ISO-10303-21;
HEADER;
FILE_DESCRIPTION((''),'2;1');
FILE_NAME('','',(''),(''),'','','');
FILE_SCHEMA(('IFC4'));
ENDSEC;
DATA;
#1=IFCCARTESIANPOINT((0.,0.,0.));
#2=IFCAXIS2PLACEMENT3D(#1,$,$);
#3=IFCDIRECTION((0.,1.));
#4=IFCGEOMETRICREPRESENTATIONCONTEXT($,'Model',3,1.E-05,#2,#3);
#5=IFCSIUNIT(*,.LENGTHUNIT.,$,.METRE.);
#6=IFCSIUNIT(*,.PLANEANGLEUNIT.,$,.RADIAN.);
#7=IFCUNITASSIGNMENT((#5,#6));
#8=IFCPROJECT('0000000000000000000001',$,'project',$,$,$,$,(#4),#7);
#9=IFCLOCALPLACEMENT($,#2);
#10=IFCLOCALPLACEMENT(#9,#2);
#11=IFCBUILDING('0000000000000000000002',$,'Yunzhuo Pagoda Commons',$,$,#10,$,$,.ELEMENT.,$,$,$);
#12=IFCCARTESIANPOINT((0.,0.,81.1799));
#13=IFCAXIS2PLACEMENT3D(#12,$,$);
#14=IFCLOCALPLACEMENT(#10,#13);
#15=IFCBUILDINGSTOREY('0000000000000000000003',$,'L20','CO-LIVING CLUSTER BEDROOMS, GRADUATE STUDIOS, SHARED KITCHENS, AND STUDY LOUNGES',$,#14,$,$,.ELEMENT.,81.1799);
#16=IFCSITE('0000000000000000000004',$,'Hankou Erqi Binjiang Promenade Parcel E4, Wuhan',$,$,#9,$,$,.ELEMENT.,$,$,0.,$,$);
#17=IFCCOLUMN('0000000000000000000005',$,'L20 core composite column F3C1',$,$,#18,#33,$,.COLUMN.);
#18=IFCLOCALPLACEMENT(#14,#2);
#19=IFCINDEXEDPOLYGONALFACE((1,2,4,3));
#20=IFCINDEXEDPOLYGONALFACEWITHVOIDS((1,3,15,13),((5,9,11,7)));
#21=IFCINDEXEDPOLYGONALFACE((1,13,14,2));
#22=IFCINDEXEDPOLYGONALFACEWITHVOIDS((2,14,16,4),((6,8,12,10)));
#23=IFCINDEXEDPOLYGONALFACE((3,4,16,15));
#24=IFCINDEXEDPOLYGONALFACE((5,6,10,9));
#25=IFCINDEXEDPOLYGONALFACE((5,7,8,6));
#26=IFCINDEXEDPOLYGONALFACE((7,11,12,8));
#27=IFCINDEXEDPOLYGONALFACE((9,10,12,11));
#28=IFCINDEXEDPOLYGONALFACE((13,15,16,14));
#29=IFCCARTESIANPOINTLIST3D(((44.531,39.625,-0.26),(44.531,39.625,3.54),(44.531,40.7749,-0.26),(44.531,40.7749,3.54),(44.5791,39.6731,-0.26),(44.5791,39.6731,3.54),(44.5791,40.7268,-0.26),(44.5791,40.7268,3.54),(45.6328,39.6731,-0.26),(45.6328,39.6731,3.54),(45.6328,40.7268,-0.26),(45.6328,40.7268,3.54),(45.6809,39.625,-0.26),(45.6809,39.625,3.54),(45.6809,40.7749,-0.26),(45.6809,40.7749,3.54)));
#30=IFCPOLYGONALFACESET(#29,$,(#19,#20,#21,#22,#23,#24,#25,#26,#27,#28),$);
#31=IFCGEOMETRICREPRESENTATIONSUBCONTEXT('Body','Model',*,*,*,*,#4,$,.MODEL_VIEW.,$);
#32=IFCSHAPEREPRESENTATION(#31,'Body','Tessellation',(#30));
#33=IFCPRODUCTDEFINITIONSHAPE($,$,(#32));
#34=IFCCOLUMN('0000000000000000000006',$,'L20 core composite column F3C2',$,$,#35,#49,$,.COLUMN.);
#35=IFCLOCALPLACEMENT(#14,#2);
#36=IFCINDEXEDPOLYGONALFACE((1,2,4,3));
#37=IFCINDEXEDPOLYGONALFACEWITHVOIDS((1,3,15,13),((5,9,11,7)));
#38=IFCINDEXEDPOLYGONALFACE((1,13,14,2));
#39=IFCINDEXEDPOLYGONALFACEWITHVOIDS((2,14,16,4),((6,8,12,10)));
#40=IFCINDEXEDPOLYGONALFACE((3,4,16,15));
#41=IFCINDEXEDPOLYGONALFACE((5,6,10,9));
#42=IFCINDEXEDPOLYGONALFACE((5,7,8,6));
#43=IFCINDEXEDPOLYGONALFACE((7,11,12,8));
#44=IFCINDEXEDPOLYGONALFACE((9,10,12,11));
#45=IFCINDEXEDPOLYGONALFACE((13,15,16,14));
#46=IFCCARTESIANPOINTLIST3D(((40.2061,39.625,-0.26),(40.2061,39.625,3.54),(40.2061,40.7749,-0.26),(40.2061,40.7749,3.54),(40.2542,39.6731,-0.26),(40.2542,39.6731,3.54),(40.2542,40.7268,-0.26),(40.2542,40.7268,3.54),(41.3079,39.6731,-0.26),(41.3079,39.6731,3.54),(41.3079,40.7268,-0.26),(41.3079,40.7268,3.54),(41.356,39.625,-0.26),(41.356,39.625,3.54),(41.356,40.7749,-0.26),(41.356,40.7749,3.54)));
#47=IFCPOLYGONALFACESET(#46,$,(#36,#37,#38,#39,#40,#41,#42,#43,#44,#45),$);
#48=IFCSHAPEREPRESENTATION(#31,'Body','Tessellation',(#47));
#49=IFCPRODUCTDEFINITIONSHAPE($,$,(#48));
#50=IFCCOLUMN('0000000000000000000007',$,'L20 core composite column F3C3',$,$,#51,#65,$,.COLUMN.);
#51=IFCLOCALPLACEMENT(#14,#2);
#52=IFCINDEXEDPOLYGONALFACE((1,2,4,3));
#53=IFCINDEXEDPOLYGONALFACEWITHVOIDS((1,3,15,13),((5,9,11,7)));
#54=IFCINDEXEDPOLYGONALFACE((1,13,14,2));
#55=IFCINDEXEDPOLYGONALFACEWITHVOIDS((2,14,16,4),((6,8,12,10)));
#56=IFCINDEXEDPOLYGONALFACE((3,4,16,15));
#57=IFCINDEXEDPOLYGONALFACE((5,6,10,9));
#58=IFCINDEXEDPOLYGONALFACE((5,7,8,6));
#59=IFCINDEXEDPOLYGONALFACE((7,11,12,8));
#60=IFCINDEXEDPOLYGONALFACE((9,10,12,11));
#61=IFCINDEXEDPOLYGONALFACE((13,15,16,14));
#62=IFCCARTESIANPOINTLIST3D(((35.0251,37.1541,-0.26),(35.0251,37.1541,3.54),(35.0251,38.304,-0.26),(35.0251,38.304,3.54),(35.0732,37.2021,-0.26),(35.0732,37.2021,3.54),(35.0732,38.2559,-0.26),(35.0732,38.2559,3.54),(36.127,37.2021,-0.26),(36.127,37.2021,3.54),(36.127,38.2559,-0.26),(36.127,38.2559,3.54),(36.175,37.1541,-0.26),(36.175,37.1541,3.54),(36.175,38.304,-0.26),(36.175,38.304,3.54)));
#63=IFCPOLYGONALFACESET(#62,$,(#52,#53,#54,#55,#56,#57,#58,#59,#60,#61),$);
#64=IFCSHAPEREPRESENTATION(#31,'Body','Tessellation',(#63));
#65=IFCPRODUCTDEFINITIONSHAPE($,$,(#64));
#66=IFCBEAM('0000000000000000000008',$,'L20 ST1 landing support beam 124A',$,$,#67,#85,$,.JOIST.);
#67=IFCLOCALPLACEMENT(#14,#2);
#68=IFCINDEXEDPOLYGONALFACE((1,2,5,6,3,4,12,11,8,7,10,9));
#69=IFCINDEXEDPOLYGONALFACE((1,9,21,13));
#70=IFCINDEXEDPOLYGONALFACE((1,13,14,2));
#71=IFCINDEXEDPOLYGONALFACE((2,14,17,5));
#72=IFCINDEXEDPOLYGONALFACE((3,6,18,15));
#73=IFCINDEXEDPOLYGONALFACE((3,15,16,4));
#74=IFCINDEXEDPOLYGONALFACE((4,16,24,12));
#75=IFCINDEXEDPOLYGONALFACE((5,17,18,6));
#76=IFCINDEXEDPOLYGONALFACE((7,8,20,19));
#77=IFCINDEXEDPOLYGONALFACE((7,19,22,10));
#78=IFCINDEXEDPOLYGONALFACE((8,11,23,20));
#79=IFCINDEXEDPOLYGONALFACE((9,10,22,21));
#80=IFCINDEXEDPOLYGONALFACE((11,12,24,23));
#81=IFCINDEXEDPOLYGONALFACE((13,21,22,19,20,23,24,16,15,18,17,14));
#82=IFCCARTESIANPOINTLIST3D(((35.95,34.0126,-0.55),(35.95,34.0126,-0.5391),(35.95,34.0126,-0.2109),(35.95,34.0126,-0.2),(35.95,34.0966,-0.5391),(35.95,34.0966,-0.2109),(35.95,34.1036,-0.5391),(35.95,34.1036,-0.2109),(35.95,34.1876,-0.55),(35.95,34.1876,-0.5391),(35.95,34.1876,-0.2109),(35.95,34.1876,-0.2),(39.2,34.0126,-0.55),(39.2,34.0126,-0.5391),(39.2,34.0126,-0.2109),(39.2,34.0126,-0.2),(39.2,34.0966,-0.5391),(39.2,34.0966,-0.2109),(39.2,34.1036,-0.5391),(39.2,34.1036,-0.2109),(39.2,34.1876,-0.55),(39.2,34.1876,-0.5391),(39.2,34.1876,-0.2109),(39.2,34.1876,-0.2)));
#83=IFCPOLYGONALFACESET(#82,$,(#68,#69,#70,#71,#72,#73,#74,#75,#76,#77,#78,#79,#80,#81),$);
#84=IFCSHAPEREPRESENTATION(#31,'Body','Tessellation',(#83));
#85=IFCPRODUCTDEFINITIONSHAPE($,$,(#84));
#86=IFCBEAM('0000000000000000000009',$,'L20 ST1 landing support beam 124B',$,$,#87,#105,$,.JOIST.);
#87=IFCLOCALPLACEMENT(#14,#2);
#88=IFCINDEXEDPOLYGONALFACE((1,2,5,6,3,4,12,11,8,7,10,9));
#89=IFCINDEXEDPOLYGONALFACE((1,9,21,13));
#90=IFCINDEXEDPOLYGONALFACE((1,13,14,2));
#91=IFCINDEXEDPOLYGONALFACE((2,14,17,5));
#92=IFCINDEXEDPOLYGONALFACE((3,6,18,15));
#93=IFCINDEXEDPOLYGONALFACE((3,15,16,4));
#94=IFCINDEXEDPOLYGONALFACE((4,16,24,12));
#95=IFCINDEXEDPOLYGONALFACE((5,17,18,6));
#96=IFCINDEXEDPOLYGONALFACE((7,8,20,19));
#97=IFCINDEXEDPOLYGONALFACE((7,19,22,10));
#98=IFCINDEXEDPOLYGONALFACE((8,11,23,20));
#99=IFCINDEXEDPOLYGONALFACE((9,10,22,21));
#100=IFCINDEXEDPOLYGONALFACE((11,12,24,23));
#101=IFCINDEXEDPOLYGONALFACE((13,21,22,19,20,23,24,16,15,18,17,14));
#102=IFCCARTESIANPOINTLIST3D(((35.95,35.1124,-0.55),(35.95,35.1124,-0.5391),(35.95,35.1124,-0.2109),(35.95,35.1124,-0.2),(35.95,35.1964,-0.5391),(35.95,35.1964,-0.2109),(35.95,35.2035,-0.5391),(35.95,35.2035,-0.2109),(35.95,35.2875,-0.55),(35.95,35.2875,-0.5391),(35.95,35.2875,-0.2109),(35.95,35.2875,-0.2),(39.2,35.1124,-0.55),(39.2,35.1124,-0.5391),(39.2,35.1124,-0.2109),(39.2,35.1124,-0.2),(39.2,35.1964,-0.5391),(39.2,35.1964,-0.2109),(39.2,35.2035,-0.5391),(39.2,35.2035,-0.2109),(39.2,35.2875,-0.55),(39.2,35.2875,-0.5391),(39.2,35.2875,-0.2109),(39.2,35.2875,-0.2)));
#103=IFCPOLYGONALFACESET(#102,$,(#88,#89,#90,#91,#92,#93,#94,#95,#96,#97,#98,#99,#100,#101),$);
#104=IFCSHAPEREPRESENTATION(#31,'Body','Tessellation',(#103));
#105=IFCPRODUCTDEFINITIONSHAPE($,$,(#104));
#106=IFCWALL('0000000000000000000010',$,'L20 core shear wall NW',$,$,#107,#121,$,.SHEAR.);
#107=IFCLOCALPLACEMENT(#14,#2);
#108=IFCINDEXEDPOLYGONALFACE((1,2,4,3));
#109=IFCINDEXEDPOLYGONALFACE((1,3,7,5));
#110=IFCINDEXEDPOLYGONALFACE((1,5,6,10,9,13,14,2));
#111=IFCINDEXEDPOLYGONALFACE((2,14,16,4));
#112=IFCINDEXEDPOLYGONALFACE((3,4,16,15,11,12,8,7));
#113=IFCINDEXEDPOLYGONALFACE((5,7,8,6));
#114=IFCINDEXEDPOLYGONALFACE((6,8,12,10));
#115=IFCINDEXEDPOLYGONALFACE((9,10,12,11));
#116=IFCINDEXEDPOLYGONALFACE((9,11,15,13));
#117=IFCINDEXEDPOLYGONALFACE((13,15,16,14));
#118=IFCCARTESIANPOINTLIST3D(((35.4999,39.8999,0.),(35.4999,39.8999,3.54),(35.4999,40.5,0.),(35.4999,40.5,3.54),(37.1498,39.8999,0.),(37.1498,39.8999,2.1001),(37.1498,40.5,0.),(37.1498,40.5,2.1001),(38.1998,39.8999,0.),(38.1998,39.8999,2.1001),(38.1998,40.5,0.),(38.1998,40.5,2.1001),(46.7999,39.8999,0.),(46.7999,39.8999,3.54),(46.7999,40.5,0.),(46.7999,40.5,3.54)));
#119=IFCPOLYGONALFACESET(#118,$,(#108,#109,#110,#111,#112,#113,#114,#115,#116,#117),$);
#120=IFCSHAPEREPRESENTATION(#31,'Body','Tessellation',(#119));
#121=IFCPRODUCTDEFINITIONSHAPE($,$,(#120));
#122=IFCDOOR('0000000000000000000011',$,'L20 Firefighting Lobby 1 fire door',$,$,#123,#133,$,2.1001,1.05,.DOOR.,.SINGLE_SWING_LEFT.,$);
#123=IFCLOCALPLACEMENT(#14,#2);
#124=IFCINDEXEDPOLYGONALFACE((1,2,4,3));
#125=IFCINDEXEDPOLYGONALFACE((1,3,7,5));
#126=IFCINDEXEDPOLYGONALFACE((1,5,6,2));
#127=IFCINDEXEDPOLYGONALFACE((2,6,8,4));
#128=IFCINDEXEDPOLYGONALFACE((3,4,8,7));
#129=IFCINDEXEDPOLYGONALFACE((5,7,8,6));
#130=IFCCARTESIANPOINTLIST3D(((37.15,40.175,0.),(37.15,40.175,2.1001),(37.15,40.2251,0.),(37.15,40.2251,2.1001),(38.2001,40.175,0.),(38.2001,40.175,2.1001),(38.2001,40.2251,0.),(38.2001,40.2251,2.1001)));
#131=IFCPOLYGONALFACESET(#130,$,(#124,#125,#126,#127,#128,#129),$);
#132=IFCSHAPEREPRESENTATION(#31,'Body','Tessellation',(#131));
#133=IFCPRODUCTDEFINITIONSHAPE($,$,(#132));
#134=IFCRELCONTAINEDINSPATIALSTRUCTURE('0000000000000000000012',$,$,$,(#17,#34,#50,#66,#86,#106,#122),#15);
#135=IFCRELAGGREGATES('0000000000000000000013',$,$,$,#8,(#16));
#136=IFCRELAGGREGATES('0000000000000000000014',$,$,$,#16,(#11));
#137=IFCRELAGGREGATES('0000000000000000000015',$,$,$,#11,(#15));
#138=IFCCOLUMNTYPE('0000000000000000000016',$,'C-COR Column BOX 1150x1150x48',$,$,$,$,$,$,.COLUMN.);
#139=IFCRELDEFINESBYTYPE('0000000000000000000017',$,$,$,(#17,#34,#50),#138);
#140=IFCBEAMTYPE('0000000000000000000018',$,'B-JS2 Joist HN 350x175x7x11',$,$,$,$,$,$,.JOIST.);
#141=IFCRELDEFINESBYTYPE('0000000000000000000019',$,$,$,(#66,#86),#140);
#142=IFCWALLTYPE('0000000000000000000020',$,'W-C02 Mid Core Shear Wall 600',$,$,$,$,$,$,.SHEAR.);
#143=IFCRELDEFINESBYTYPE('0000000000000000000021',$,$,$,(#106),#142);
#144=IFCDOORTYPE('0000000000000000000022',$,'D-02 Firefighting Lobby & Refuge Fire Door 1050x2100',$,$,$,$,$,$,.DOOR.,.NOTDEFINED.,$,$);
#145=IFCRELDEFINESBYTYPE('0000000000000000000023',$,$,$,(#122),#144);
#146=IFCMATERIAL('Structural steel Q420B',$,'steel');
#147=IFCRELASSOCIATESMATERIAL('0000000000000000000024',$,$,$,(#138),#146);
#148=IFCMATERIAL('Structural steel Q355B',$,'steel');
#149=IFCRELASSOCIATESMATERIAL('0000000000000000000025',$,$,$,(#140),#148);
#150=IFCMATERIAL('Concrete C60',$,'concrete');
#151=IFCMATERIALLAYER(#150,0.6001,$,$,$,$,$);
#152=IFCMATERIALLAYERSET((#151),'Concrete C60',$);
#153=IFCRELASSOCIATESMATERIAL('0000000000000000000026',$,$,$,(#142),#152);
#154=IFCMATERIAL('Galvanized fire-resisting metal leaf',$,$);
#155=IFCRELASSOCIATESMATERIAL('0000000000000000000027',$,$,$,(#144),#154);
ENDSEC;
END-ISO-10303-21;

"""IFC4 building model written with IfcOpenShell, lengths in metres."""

from ifc_helpers import new_model, si_unit, direction, frame, frame_2d, origin, origin_2d, place, context, subcontext, project, spatial, rectangle, hollow_rectangle, i_section, extrude, source, transform, mapped, material, layer, layer_set, material_profile, profile_set, type_object, element, fill, save


model = new_model("IFC4")

# Units and contexts
model_context = context("Model", 3, precision=1e-05, world=origin(), true_north=direction((0.0, 1.0)))
body_context = subcontext(model_context, "Body", "Model", "MODEL_VIEW")
ifc_project = project(units=[si_unit("LENGTHUNIT", "METRE"), si_unit("PLANEANGLEUNIT", "RADIAN")], contexts=[model_context])

# Site, building, storey
site_placement = place(None, origin())
site = spatial("IfcSite", under=ifc_project, at=site_placement, Name="Hankou Erqi Binjiang Promenade Parcel E4, Wuhan", CompositionType="ELEMENT", RefElevation=0.0)
building_placement = place(site_placement, origin())
building = spatial("IfcBuilding", under=site, at=building_placement, Name="Yunzhuo Pagoda Commons", CompositionType="ELEMENT")
storey_placement = place(building_placement, frame((0.0, 0.0, 81.1799)))
storey = spatial("IfcBuildingStorey", under=building, at=storey_placement, Name="L20", Description="CO-LIVING CLUSTER BEDROOMS, GRADUATE STUDIOS, SHARED KITCHENS, AND STUDY LOUNGES", CompositionType="ELEMENT", Elevation=81.1799)

# Columns
ifc_material_1 = material(Name="Structural steel Q420B", Category="steel")
ifc_material_profile_1 = material_profile(ifc_material_1, hollow_rectangle(XDim=1.1499, YDim=1.1499, WallThickness=0.0481, at=origin_2d()), Name="Structural steel Q420B")
ifc_profile_set_1 = profile_set([ifc_material_profile_1], Name="Structural steel Q420B")
column_type = type_object("IfcColumnType", Name="C-COR Column BOX 1150x1150x48", PredefinedType="COLUMN", material=ifc_profile_set_1)
shared_shape_1 = source(origin(), body_context, "Body", "SweptSolid", [
    extrude(hollow_rectangle(XDim=1.1499, YDim=1.1499, WallThickness=0.0481, at=origin_2d()), origin(), (0.0, 0.0, 1.0), 3.8),
])
for number, where, z_axis, x_axis, name in (
    (1, (45.106, 40.2, -0.26), (0.0, 0.0, 1.0), (1.0, 0.0, 0.0), "L20 core composite column F3C1"),
    (2, (40.781, 40.2, -0.26), (0.0, 0.0, 1.0), (1.0, 0.0, 0.0), "L20 core composite column F3C2"),
    (3, (35.6001, 37.729, -0.26), (0.0, 0.0, 1.0), (1.0, 0.0, 0.0), "L20 core composite column F3C3"),
):
    element("IfcColumn", number, at=place(storey_placement, frame(where, z_axis=z_axis, x_axis=x_axis)), inside=storey, type_object=column_type, Name=name, PredefinedType="COLUMN", context=body_context, shape_type="MappedRepresentation", body=[
        mapped(shared_shape_1, transform((0.0, 0.0, 0.0), scale=1.0)),
    ])

# Beams
ifc_material_2 = material(Name="Structural steel Q355B", Category="steel")
ifc_material_profile_2 = material_profile(ifc_material_2, i_section(OverallWidth=0.175, OverallDepth=0.3501, WebThickness=0.0071, FlangeThickness=0.011, at=origin_2d()), Name="Structural steel Q355B")
ifc_profile_set_2 = profile_set([ifc_material_profile_2], Name="Structural steel Q355B")
beam_type = type_object("IfcBeamType", Name="B-JS2 Joist HN 350x175x7x11", PredefinedType="JOIST", material=ifc_profile_set_2)
shared_shape_2 = source(origin(), body_context, "Body", "SweptSolid", [
    extrude(i_section(OverallWidth=0.175, OverallDepth=0.3501, WebThickness=0.0071, FlangeThickness=0.011, at=origin_2d()), origin(), (0.0, 0.0, 1.0), 3.25),
])
for number, where, z_axis, x_axis, name in (
    (4, (35.95, 34.1001, -0.375), (1.0, 0.0, 0.0), (0.0, 1.0, 0.0), "L20 ST1 landing support beam 124A"),
    (5, (35.95, 35.2, -0.375), (1.0, 0.0, 0.0), (0.0, 1.0, 0.0), "L20 ST1 landing support beam 124B"),
):
    element("IfcBeam", number, at=place(storey_placement, frame(where, z_axis=z_axis, x_axis=x_axis)), inside=storey, type_object=beam_type, Name=name, PredefinedType="JOIST", context=body_context, shape_type="MappedRepresentation", body=[
        mapped(shared_shape_2, transform((0.0, 0.0, 0.0), scale=1.0)),
    ])

# Wall, opening, door
ifc_material_3 = material(Name="Concrete C60", Category="concrete")
ifc_layer_1 = layer(ifc_material_3, 0.6001)
ifc_layer_set_1 = layer_set([ifc_layer_1], Name="Concrete C60")
wall_type_1 = type_object("IfcWallType", Name="W-C02 Mid Core Shear Wall 600", PredefinedType="SHEAR", material=ifc_layer_set_1)
wall_1_placement = place(storey_placement, frame((35.5, 40.2, 0.0), z_axis=(0.0, 0.0, 1.0), x_axis=(1.0, 0.0, 0.0)))
wall_1 = element("IfcWall", 6, at=wall_1_placement, inside=storey, type_object=wall_type_1, Name="L20 core shear wall NW", PredefinedType="SHEAR", context=body_context, shape_type="SweptSolid", body=[
    extrude(rectangle(XDim=11.3, YDim=0.6001, at=frame_2d((5.6499, 0.0))), origin(), (0.0, 0.0, 1.0), 3.54),
])
opening_1_placement = place(wall_1_placement, frame((1.6499, 0.0, 0.0)))
opening_1 = element("IfcOpeningElement", 7, at=opening_1_placement, cuts=wall_1, PredefinedType="OPENING", context=body_context, shape_type="SweptSolid", body=[
    extrude(rectangle(XDim=1.05, YDim=2.1001, at=frame_2d((0.5249, 1.05))), frame((0.0, 0.3101, 0.0), z_axis=(0.0, -1.0, 0.0), x_axis=(1.0, 0.0, 0.0)), (0.0, 0.0, 1.0), 0.6201),
])
ifc_material_4 = material(Name="Galvanized fire-resisting metal leaf")
door_type_1 = type_object("IfcDoorType", Name="D-02 Firefighting Lobby & Refuge Fire Door 1050x2100", OperationType="NOTDEFINED", PredefinedType="DOOR", material=ifc_material_4)
shared_shape_3 = source(origin(), body_context, "Body", "SweptSolid", [
    extrude(rectangle(XDim=1.05, YDim=2.1001, at=frame_2d((0.5249, 1.05))), frame((0.0, 0.0249, 0.0), z_axis=(0.0, -1.0, 0.0), x_axis=(1.0, 0.0, 0.0)), (0.0, 0.0, 1.0), 0.05),
])
door_1_placement = place(opening_1_placement, frame((1.05, 0.0, 0.0), z_axis=(0.0, 0.0, 1.0), x_axis=(-1.0, 0.0, 0.0)))
door_1 = element("IfcDoor", 8, at=door_1_placement, inside=storey, type_object=door_type_1, Name="L20 Firefighting Lobby 1 fire door", OperationType="SINGLE_SWING_LEFT", OverallHeight=2.1001, OverallWidth=1.05, PredefinedType="DOOR", context=body_context, shape_type="MappedRepresentation", body=[
    mapped(shared_shape_3, transform((0.0, 0.0, 0.0), scale=1.0)),
])
fill(opening_1, door_1)

save(model, "model.ifc")
